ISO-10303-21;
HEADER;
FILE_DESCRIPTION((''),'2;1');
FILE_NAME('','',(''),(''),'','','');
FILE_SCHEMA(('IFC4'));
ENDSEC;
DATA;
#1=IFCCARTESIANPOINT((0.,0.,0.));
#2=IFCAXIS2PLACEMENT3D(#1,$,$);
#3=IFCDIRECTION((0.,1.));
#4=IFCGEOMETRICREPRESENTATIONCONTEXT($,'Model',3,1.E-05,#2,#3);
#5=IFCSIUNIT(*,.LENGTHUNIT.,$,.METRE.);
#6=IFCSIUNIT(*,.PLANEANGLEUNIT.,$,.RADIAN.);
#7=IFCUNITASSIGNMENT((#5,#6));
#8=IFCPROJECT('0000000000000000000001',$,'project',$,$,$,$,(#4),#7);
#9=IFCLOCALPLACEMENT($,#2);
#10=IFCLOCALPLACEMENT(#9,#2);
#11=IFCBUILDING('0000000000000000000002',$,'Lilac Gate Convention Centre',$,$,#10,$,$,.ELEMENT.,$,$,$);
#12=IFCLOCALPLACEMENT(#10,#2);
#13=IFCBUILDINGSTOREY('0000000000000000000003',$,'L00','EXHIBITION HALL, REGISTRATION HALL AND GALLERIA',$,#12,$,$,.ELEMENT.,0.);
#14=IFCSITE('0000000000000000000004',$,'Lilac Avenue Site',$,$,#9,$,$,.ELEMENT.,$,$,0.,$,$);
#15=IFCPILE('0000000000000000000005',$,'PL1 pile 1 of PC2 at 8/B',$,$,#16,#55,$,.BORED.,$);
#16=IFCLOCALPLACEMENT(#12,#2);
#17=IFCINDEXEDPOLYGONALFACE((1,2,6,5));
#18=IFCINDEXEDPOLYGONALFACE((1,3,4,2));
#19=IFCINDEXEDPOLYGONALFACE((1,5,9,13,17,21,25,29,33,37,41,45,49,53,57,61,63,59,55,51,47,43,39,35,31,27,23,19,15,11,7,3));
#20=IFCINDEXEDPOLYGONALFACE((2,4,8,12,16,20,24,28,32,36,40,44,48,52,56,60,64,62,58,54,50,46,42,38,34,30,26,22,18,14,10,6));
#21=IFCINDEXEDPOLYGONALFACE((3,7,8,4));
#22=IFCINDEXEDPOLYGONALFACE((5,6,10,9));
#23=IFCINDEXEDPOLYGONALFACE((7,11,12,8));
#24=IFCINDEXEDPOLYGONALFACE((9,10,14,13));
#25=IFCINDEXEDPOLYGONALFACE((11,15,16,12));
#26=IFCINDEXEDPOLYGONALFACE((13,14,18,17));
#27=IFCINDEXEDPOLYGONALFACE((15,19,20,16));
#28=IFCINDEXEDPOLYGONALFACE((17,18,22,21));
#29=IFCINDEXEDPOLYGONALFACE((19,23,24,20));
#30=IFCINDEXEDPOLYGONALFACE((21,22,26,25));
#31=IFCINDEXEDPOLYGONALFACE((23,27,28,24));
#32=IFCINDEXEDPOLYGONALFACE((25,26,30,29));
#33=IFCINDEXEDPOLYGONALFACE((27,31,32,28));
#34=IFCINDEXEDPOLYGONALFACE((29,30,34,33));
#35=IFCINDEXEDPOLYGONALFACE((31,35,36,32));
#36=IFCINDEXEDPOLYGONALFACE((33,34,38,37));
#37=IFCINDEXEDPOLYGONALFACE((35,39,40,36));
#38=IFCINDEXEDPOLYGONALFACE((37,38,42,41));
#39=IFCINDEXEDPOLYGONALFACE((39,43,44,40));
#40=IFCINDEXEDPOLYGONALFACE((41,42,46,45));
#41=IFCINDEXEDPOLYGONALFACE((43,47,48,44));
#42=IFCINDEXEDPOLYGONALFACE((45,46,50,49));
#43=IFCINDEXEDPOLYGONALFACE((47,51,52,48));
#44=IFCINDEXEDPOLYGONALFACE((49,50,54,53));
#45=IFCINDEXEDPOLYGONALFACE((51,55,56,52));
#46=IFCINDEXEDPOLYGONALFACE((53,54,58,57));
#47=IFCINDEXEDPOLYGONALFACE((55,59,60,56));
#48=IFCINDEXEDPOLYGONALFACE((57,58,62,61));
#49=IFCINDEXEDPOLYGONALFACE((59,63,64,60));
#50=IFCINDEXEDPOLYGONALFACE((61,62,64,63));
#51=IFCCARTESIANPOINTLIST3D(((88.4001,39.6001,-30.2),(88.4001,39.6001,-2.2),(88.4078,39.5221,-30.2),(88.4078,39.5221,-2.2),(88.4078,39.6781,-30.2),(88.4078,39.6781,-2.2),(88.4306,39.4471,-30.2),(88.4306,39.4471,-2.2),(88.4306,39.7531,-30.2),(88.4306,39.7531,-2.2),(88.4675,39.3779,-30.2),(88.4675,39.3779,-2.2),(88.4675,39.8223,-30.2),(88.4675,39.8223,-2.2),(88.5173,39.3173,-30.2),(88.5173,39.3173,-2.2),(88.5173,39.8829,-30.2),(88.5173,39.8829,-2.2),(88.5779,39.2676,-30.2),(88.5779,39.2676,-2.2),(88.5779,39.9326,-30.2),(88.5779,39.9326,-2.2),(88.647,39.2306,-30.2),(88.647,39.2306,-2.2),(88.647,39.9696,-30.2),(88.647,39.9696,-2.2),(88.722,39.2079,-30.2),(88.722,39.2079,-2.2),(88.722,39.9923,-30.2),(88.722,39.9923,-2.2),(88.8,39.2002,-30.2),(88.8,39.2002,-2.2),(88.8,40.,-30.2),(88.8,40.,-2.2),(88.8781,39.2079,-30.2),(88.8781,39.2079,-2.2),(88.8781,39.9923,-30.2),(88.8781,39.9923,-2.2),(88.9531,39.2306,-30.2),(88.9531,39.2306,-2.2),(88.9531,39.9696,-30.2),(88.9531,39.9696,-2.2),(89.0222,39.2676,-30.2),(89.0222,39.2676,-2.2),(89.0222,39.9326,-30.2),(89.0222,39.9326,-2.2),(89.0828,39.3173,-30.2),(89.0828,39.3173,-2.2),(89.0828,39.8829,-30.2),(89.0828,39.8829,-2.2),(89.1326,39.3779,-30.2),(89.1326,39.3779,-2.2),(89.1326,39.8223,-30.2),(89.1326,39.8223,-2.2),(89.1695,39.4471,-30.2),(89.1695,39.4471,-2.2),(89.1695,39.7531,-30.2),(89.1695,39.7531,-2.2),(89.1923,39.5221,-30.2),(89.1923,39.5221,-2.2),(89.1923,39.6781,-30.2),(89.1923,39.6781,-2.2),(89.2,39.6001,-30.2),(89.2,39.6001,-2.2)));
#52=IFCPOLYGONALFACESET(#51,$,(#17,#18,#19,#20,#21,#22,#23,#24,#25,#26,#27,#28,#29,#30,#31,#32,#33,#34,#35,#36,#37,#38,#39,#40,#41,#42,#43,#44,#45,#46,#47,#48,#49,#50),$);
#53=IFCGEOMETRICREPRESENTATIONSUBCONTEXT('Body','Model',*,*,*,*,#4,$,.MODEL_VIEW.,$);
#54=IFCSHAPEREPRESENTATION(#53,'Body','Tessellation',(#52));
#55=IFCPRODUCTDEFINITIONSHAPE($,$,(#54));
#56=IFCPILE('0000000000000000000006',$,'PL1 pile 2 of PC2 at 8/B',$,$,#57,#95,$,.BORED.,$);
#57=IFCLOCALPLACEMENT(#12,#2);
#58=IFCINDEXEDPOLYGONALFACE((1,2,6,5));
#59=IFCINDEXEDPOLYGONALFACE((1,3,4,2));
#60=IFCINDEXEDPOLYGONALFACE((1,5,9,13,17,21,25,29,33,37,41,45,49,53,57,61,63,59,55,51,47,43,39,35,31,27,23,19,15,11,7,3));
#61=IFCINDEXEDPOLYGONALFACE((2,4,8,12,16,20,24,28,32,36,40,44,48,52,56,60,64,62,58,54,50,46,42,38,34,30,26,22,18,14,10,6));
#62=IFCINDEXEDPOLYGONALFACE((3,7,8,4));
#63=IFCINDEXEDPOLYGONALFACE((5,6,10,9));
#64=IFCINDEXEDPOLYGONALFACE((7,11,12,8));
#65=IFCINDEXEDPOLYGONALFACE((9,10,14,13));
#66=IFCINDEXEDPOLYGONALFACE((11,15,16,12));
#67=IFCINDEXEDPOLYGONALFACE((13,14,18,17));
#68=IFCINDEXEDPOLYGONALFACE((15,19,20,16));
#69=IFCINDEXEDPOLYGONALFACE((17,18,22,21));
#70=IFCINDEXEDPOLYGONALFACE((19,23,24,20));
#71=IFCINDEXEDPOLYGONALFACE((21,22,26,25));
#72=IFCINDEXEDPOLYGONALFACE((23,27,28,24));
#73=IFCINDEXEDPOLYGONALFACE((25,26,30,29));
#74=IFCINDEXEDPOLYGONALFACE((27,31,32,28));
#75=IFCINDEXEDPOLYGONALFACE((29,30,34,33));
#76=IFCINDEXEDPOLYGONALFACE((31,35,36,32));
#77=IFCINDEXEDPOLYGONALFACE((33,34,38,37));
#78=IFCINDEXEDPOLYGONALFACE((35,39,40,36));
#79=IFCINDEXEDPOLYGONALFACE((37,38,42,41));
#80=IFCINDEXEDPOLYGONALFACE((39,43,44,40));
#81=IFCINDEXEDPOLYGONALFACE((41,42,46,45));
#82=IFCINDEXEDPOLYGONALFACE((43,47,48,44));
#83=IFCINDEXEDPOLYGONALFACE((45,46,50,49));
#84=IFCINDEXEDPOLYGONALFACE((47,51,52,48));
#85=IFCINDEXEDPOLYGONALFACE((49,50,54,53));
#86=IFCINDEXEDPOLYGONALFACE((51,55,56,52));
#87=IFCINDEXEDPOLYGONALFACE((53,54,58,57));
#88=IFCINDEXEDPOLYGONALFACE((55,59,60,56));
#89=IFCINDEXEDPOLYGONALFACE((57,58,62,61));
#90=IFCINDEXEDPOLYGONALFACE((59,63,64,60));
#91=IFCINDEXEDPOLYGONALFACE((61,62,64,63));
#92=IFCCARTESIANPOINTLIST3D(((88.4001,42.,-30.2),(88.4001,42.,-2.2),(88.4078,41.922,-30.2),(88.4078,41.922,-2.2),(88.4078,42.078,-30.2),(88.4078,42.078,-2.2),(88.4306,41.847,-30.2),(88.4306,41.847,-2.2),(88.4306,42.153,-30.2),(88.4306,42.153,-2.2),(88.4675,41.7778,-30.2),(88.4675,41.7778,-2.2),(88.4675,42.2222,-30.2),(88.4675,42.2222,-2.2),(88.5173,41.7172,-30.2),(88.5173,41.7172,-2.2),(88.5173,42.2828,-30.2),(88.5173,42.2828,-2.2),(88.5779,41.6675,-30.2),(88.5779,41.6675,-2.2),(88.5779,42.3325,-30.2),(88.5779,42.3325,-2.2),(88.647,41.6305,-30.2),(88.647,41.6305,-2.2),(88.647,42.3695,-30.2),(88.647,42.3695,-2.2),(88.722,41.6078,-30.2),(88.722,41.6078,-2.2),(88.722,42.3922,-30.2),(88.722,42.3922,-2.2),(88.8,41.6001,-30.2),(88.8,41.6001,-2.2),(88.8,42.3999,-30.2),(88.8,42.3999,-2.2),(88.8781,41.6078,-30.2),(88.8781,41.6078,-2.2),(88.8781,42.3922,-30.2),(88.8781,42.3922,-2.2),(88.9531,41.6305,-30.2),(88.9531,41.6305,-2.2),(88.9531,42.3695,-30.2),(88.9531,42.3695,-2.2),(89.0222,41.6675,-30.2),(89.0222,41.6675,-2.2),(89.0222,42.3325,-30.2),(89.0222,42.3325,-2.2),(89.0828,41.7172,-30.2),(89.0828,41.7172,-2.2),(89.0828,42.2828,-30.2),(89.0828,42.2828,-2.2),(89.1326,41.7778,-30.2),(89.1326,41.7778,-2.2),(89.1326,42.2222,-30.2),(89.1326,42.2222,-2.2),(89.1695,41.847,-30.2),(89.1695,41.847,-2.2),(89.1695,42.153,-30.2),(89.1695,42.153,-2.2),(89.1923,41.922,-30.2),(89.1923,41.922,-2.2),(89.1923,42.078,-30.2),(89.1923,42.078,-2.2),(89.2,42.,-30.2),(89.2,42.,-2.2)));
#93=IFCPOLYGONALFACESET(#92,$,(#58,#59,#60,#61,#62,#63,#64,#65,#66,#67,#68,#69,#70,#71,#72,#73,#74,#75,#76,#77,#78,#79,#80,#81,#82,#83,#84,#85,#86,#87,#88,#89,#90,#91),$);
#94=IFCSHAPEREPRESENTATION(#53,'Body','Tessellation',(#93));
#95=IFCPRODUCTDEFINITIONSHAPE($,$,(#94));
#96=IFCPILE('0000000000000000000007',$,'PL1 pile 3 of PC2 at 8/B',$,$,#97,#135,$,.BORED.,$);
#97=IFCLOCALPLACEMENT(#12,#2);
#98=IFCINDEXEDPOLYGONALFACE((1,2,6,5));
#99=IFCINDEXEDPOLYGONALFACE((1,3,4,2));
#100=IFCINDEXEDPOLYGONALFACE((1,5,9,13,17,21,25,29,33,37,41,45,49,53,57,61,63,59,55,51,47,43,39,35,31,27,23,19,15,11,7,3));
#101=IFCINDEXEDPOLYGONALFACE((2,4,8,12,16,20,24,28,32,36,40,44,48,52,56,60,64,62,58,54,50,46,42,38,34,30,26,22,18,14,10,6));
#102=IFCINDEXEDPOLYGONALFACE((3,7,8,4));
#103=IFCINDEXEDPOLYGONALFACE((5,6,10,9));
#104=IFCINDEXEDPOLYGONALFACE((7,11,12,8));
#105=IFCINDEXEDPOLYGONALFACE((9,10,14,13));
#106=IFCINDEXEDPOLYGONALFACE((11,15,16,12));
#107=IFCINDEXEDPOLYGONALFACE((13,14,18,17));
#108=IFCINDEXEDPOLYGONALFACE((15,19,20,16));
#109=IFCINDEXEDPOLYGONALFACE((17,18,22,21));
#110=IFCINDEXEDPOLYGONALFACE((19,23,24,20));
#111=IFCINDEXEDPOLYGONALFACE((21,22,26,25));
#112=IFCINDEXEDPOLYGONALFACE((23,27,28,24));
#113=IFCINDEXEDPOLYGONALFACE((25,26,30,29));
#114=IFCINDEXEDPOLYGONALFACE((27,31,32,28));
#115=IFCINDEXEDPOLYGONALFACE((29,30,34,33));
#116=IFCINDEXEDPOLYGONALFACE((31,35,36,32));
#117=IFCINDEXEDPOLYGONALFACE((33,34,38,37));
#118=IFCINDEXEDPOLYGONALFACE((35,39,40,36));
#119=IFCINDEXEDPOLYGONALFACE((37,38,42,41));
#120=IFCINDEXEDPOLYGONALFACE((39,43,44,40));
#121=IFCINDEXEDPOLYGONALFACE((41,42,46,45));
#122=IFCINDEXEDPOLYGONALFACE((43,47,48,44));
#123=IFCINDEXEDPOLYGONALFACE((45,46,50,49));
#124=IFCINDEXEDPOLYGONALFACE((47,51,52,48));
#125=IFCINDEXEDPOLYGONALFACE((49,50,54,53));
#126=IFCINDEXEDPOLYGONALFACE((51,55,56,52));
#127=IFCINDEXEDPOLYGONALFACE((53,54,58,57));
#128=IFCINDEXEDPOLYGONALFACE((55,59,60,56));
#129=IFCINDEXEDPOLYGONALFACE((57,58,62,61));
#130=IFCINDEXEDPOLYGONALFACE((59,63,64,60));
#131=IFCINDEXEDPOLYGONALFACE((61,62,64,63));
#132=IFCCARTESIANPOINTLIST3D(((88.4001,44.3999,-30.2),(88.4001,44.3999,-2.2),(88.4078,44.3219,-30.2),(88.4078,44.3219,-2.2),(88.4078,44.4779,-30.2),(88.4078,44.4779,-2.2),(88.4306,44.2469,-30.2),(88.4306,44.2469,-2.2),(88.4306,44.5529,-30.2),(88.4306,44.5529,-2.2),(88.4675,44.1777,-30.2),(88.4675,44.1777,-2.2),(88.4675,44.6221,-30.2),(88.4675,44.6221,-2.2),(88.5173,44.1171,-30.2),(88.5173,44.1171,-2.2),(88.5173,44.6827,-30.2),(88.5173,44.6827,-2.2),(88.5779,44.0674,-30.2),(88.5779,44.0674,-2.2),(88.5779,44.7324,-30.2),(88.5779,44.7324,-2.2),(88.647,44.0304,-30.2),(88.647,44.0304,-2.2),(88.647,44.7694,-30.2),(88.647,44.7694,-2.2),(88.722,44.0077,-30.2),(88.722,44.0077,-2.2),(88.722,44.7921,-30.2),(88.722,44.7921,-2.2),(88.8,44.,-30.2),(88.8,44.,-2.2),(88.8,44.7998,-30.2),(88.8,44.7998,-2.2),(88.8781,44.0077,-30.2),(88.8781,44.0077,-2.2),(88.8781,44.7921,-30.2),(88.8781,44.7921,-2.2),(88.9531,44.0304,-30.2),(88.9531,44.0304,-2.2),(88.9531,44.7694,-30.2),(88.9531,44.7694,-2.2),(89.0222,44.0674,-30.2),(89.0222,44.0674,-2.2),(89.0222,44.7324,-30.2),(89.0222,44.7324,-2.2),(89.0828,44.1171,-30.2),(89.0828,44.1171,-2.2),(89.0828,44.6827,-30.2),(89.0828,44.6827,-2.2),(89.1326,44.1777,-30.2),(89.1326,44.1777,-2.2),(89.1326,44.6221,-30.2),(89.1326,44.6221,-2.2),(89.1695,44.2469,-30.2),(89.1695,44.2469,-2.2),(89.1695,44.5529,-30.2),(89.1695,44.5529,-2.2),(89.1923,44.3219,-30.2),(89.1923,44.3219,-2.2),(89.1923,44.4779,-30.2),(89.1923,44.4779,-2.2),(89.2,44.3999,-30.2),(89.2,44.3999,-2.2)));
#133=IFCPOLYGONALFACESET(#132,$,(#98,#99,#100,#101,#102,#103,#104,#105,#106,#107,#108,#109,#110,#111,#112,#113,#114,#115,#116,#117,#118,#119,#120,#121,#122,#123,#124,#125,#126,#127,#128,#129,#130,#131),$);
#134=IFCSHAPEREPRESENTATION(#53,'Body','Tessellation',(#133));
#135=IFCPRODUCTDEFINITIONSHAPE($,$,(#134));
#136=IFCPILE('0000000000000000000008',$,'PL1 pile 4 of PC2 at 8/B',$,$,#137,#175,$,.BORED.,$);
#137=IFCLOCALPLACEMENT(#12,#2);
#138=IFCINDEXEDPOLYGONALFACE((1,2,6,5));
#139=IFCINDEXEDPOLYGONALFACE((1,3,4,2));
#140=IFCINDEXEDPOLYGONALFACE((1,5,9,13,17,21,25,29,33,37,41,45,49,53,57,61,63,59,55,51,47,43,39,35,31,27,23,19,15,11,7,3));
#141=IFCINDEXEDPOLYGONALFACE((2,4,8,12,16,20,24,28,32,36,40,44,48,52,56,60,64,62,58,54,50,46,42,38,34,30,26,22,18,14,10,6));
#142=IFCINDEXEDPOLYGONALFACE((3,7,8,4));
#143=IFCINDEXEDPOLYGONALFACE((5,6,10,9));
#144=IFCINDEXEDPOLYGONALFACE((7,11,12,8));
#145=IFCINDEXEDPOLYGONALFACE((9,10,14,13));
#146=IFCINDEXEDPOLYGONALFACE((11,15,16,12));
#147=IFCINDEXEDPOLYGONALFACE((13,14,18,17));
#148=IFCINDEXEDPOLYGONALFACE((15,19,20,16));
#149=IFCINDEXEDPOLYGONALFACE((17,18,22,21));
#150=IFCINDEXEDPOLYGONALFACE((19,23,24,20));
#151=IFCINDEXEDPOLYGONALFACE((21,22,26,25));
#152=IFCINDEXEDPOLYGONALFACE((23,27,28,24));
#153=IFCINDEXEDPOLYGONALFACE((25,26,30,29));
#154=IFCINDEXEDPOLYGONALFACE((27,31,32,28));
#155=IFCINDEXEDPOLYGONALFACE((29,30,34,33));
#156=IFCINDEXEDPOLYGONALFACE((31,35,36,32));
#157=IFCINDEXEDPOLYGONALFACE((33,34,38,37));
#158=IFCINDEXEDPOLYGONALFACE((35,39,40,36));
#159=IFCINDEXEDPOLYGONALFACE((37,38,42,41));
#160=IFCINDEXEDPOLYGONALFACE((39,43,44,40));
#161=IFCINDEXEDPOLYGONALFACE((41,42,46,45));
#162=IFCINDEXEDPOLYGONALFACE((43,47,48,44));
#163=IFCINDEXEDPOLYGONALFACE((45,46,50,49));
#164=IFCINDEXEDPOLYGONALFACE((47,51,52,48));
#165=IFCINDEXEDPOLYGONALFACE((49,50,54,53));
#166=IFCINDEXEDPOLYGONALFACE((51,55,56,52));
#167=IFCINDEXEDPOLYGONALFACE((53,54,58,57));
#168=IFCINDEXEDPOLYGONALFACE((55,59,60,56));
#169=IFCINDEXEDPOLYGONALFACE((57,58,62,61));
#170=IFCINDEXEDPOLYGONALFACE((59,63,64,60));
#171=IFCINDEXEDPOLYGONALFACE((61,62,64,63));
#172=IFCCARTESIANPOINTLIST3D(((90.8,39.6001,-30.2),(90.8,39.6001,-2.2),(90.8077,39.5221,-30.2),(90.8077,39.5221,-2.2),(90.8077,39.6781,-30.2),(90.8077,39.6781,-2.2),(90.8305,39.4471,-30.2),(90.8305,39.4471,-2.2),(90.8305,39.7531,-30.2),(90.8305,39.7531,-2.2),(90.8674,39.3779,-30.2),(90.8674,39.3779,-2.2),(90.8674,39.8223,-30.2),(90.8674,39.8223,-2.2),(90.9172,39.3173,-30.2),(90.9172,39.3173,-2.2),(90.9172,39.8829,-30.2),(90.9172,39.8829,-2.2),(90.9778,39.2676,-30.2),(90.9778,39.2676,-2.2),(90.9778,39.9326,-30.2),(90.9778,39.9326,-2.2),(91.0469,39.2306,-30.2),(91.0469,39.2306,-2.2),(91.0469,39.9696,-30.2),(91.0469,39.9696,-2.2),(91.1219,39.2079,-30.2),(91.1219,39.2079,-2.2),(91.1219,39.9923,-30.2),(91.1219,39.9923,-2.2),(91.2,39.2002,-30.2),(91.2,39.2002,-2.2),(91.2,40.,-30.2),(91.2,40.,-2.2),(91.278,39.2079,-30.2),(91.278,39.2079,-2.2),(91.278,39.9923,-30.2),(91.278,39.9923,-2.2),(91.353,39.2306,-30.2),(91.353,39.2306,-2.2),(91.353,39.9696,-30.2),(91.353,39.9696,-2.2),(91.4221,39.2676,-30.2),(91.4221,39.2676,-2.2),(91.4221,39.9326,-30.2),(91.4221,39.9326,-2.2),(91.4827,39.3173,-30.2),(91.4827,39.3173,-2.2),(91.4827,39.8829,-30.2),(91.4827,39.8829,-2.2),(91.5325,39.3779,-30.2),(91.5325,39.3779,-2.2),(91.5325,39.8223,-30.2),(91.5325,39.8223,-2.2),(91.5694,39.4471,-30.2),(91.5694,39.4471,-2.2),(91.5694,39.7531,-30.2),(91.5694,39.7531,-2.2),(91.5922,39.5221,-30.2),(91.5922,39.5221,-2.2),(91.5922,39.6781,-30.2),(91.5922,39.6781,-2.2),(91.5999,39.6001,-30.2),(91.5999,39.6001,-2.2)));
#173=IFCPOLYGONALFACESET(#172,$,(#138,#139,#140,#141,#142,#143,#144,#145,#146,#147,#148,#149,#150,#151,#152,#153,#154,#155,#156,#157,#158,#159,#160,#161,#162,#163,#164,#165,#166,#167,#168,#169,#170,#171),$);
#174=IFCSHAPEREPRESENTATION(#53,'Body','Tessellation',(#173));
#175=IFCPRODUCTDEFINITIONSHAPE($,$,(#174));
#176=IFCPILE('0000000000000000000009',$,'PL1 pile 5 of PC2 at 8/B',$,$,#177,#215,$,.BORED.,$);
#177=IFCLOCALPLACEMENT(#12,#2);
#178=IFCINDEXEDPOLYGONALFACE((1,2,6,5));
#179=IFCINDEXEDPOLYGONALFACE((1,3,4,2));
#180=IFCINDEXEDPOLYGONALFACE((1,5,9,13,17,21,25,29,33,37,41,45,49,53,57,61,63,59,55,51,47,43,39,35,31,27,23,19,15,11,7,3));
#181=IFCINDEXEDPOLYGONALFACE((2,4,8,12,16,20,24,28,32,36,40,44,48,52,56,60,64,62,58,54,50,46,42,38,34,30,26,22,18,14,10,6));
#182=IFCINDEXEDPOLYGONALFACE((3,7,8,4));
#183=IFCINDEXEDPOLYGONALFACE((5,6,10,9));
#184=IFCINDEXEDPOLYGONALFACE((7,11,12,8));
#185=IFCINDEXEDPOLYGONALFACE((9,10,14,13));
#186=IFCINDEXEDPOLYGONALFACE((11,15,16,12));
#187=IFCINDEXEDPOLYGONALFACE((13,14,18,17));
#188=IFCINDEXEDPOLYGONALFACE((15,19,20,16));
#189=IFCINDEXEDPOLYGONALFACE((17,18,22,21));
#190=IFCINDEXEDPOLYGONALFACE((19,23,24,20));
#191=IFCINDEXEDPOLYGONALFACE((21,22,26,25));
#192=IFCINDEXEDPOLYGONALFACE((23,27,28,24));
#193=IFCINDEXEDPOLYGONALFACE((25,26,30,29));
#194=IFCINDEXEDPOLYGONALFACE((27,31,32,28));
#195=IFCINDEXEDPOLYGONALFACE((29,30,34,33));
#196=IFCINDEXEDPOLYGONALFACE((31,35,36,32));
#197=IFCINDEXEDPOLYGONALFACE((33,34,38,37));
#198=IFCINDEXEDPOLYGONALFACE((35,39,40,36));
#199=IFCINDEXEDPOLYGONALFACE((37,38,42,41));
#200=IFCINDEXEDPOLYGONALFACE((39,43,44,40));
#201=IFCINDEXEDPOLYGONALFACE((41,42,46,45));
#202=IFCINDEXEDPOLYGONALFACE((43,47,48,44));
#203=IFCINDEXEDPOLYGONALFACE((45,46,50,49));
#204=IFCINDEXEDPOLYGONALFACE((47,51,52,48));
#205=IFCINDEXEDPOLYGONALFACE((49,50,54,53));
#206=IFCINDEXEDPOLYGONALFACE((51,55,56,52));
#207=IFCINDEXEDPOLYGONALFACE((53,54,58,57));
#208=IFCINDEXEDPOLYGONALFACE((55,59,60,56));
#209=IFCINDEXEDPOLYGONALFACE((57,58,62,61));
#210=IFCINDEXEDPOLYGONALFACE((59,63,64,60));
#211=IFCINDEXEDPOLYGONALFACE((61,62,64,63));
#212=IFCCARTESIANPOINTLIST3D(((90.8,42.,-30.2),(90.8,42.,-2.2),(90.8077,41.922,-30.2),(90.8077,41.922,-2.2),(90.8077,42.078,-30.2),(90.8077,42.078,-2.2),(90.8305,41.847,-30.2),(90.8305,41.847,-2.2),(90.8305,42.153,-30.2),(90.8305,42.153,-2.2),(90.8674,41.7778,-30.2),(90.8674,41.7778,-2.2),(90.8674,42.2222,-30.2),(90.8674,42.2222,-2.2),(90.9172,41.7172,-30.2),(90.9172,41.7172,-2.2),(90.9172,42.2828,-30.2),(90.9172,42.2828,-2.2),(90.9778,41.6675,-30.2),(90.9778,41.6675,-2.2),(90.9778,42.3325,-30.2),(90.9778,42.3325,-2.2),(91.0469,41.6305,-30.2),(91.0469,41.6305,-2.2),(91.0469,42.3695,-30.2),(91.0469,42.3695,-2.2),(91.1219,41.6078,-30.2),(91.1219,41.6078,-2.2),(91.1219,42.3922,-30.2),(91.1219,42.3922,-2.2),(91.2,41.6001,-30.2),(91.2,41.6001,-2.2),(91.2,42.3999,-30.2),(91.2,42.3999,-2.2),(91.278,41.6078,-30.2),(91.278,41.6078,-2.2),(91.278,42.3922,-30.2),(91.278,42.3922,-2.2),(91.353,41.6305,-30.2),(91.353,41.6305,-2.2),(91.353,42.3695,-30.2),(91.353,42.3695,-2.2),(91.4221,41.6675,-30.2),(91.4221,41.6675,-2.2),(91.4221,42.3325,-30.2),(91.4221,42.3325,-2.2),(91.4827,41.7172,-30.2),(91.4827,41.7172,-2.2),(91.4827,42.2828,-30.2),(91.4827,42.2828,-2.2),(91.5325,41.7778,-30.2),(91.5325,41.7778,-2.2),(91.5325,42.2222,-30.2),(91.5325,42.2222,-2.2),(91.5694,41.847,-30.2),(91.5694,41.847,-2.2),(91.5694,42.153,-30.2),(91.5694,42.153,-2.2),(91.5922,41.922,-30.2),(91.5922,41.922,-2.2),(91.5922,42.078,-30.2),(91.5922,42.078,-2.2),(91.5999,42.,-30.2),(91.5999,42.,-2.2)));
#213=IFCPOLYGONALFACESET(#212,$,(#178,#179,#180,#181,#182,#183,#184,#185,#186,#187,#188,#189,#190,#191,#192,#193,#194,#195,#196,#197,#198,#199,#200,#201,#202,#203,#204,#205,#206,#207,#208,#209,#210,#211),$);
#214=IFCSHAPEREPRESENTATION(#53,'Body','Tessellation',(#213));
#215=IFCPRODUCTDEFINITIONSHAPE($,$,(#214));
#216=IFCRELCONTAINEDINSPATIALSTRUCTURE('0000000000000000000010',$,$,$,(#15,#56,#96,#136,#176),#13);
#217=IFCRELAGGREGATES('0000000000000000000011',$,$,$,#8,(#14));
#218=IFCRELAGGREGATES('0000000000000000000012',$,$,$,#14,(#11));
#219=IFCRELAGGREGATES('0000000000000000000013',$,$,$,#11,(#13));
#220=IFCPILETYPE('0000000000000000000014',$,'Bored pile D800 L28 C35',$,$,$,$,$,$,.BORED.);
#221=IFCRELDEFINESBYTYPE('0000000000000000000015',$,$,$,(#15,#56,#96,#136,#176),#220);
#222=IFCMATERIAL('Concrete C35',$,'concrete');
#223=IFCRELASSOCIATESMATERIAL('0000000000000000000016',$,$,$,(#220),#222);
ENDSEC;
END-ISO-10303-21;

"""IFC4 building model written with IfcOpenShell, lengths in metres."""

from ifc_helpers import new_model, si_unit, direction, frame, origin, origin_2d, place, context, subcontext, project, spatial, circle, extrude, material, material_profile, profile_set, type_object, element, save


model = new_model("IFC4")

# Units and contexts
model_context = context("Model", 3, precision=1e-05, world=origin(), true_north=direction((0.0, 1.0)))
body_context = subcontext(model_context, "Body", "Model", "MODEL_VIEW")
ifc_project = project(units=[si_unit("LENGTHUNIT", "METRE"), si_unit("PLANEANGLEUNIT", "RADIAN")], contexts=[model_context])

# Site, building, storey
site_placement = place(None, origin())
site = spatial("IfcSite", under=ifc_project, at=site_placement, Name="Lilac Avenue Site", CompositionType="ELEMENT", RefElevation=0.0)
building_placement = place(site_placement, origin())
building = spatial("IfcBuilding", under=site, at=building_placement, Name="Lilac Gate Convention Centre", CompositionType="ELEMENT")
storey_placement = place(building_placement, origin())
storey = spatial("IfcBuildingStorey", under=building, at=storey_placement, Name="L00", Description="EXHIBITION HALL, REGISTRATION HALL AND GALLERIA", CompositionType="ELEMENT", Elevation=0.0)

# Piles
ifc_material_1 = material(Name="Concrete C35", Category="concrete")
ifc_material_profile_1 = material_profile(ifc_material_1, circle(Radius=0.3999, at=origin_2d()), Name="D800")
ifc_profile_set_1 = profile_set([ifc_material_profile_1], Name="Concrete C35")
pile_type = type_object("IfcPileType", Name="Bored pile D800 L28 C35", PredefinedType="BORED", material=ifc_profile_set_1)
for number, where, z_axis, x_axis, name in (
    (1, (88.8, 39.6001, -2.2), (0.0, 0.0, -1.0), (1.0, 0.0, 0.0), "PL1 pile 1 of PC2 at 8/B"),
    (2, (88.8, 42.0, -2.2), (0.0, 0.0, -1.0), (1.0, 0.0, 0.0), "PL1 pile 2 of PC2 at 8/B"),
    (3, (88.8, 44.3999, -2.2), (0.0, 0.0, -1.0), (1.0, 0.0, 0.0), "PL1 pile 3 of PC2 at 8/B"),
    (4, (91.2, 39.6001, -2.2), (0.0, 0.0, -1.0), (1.0, 0.0, 0.0), "PL1 pile 4 of PC2 at 8/B"),
    (5, (91.2, 42.0, -2.2), (0.0, 0.0, -1.0), (1.0, 0.0, 0.0), "PL1 pile 5 of PC2 at 8/B"),
):
    element("IfcPile", number, at=place(storey_placement, frame(where, z_axis=z_axis, x_axis=x_axis)), inside=storey, type_object=pile_type, Name=name, PredefinedType="BORED", context=body_context, shape_type="SweptSolid", body=[
        extrude(circle(Radius=0.3999, at=origin_2d()), origin(), (0.0, 0.0, 1.0), 28.0),
    ])

save(model, "model.ifc")
